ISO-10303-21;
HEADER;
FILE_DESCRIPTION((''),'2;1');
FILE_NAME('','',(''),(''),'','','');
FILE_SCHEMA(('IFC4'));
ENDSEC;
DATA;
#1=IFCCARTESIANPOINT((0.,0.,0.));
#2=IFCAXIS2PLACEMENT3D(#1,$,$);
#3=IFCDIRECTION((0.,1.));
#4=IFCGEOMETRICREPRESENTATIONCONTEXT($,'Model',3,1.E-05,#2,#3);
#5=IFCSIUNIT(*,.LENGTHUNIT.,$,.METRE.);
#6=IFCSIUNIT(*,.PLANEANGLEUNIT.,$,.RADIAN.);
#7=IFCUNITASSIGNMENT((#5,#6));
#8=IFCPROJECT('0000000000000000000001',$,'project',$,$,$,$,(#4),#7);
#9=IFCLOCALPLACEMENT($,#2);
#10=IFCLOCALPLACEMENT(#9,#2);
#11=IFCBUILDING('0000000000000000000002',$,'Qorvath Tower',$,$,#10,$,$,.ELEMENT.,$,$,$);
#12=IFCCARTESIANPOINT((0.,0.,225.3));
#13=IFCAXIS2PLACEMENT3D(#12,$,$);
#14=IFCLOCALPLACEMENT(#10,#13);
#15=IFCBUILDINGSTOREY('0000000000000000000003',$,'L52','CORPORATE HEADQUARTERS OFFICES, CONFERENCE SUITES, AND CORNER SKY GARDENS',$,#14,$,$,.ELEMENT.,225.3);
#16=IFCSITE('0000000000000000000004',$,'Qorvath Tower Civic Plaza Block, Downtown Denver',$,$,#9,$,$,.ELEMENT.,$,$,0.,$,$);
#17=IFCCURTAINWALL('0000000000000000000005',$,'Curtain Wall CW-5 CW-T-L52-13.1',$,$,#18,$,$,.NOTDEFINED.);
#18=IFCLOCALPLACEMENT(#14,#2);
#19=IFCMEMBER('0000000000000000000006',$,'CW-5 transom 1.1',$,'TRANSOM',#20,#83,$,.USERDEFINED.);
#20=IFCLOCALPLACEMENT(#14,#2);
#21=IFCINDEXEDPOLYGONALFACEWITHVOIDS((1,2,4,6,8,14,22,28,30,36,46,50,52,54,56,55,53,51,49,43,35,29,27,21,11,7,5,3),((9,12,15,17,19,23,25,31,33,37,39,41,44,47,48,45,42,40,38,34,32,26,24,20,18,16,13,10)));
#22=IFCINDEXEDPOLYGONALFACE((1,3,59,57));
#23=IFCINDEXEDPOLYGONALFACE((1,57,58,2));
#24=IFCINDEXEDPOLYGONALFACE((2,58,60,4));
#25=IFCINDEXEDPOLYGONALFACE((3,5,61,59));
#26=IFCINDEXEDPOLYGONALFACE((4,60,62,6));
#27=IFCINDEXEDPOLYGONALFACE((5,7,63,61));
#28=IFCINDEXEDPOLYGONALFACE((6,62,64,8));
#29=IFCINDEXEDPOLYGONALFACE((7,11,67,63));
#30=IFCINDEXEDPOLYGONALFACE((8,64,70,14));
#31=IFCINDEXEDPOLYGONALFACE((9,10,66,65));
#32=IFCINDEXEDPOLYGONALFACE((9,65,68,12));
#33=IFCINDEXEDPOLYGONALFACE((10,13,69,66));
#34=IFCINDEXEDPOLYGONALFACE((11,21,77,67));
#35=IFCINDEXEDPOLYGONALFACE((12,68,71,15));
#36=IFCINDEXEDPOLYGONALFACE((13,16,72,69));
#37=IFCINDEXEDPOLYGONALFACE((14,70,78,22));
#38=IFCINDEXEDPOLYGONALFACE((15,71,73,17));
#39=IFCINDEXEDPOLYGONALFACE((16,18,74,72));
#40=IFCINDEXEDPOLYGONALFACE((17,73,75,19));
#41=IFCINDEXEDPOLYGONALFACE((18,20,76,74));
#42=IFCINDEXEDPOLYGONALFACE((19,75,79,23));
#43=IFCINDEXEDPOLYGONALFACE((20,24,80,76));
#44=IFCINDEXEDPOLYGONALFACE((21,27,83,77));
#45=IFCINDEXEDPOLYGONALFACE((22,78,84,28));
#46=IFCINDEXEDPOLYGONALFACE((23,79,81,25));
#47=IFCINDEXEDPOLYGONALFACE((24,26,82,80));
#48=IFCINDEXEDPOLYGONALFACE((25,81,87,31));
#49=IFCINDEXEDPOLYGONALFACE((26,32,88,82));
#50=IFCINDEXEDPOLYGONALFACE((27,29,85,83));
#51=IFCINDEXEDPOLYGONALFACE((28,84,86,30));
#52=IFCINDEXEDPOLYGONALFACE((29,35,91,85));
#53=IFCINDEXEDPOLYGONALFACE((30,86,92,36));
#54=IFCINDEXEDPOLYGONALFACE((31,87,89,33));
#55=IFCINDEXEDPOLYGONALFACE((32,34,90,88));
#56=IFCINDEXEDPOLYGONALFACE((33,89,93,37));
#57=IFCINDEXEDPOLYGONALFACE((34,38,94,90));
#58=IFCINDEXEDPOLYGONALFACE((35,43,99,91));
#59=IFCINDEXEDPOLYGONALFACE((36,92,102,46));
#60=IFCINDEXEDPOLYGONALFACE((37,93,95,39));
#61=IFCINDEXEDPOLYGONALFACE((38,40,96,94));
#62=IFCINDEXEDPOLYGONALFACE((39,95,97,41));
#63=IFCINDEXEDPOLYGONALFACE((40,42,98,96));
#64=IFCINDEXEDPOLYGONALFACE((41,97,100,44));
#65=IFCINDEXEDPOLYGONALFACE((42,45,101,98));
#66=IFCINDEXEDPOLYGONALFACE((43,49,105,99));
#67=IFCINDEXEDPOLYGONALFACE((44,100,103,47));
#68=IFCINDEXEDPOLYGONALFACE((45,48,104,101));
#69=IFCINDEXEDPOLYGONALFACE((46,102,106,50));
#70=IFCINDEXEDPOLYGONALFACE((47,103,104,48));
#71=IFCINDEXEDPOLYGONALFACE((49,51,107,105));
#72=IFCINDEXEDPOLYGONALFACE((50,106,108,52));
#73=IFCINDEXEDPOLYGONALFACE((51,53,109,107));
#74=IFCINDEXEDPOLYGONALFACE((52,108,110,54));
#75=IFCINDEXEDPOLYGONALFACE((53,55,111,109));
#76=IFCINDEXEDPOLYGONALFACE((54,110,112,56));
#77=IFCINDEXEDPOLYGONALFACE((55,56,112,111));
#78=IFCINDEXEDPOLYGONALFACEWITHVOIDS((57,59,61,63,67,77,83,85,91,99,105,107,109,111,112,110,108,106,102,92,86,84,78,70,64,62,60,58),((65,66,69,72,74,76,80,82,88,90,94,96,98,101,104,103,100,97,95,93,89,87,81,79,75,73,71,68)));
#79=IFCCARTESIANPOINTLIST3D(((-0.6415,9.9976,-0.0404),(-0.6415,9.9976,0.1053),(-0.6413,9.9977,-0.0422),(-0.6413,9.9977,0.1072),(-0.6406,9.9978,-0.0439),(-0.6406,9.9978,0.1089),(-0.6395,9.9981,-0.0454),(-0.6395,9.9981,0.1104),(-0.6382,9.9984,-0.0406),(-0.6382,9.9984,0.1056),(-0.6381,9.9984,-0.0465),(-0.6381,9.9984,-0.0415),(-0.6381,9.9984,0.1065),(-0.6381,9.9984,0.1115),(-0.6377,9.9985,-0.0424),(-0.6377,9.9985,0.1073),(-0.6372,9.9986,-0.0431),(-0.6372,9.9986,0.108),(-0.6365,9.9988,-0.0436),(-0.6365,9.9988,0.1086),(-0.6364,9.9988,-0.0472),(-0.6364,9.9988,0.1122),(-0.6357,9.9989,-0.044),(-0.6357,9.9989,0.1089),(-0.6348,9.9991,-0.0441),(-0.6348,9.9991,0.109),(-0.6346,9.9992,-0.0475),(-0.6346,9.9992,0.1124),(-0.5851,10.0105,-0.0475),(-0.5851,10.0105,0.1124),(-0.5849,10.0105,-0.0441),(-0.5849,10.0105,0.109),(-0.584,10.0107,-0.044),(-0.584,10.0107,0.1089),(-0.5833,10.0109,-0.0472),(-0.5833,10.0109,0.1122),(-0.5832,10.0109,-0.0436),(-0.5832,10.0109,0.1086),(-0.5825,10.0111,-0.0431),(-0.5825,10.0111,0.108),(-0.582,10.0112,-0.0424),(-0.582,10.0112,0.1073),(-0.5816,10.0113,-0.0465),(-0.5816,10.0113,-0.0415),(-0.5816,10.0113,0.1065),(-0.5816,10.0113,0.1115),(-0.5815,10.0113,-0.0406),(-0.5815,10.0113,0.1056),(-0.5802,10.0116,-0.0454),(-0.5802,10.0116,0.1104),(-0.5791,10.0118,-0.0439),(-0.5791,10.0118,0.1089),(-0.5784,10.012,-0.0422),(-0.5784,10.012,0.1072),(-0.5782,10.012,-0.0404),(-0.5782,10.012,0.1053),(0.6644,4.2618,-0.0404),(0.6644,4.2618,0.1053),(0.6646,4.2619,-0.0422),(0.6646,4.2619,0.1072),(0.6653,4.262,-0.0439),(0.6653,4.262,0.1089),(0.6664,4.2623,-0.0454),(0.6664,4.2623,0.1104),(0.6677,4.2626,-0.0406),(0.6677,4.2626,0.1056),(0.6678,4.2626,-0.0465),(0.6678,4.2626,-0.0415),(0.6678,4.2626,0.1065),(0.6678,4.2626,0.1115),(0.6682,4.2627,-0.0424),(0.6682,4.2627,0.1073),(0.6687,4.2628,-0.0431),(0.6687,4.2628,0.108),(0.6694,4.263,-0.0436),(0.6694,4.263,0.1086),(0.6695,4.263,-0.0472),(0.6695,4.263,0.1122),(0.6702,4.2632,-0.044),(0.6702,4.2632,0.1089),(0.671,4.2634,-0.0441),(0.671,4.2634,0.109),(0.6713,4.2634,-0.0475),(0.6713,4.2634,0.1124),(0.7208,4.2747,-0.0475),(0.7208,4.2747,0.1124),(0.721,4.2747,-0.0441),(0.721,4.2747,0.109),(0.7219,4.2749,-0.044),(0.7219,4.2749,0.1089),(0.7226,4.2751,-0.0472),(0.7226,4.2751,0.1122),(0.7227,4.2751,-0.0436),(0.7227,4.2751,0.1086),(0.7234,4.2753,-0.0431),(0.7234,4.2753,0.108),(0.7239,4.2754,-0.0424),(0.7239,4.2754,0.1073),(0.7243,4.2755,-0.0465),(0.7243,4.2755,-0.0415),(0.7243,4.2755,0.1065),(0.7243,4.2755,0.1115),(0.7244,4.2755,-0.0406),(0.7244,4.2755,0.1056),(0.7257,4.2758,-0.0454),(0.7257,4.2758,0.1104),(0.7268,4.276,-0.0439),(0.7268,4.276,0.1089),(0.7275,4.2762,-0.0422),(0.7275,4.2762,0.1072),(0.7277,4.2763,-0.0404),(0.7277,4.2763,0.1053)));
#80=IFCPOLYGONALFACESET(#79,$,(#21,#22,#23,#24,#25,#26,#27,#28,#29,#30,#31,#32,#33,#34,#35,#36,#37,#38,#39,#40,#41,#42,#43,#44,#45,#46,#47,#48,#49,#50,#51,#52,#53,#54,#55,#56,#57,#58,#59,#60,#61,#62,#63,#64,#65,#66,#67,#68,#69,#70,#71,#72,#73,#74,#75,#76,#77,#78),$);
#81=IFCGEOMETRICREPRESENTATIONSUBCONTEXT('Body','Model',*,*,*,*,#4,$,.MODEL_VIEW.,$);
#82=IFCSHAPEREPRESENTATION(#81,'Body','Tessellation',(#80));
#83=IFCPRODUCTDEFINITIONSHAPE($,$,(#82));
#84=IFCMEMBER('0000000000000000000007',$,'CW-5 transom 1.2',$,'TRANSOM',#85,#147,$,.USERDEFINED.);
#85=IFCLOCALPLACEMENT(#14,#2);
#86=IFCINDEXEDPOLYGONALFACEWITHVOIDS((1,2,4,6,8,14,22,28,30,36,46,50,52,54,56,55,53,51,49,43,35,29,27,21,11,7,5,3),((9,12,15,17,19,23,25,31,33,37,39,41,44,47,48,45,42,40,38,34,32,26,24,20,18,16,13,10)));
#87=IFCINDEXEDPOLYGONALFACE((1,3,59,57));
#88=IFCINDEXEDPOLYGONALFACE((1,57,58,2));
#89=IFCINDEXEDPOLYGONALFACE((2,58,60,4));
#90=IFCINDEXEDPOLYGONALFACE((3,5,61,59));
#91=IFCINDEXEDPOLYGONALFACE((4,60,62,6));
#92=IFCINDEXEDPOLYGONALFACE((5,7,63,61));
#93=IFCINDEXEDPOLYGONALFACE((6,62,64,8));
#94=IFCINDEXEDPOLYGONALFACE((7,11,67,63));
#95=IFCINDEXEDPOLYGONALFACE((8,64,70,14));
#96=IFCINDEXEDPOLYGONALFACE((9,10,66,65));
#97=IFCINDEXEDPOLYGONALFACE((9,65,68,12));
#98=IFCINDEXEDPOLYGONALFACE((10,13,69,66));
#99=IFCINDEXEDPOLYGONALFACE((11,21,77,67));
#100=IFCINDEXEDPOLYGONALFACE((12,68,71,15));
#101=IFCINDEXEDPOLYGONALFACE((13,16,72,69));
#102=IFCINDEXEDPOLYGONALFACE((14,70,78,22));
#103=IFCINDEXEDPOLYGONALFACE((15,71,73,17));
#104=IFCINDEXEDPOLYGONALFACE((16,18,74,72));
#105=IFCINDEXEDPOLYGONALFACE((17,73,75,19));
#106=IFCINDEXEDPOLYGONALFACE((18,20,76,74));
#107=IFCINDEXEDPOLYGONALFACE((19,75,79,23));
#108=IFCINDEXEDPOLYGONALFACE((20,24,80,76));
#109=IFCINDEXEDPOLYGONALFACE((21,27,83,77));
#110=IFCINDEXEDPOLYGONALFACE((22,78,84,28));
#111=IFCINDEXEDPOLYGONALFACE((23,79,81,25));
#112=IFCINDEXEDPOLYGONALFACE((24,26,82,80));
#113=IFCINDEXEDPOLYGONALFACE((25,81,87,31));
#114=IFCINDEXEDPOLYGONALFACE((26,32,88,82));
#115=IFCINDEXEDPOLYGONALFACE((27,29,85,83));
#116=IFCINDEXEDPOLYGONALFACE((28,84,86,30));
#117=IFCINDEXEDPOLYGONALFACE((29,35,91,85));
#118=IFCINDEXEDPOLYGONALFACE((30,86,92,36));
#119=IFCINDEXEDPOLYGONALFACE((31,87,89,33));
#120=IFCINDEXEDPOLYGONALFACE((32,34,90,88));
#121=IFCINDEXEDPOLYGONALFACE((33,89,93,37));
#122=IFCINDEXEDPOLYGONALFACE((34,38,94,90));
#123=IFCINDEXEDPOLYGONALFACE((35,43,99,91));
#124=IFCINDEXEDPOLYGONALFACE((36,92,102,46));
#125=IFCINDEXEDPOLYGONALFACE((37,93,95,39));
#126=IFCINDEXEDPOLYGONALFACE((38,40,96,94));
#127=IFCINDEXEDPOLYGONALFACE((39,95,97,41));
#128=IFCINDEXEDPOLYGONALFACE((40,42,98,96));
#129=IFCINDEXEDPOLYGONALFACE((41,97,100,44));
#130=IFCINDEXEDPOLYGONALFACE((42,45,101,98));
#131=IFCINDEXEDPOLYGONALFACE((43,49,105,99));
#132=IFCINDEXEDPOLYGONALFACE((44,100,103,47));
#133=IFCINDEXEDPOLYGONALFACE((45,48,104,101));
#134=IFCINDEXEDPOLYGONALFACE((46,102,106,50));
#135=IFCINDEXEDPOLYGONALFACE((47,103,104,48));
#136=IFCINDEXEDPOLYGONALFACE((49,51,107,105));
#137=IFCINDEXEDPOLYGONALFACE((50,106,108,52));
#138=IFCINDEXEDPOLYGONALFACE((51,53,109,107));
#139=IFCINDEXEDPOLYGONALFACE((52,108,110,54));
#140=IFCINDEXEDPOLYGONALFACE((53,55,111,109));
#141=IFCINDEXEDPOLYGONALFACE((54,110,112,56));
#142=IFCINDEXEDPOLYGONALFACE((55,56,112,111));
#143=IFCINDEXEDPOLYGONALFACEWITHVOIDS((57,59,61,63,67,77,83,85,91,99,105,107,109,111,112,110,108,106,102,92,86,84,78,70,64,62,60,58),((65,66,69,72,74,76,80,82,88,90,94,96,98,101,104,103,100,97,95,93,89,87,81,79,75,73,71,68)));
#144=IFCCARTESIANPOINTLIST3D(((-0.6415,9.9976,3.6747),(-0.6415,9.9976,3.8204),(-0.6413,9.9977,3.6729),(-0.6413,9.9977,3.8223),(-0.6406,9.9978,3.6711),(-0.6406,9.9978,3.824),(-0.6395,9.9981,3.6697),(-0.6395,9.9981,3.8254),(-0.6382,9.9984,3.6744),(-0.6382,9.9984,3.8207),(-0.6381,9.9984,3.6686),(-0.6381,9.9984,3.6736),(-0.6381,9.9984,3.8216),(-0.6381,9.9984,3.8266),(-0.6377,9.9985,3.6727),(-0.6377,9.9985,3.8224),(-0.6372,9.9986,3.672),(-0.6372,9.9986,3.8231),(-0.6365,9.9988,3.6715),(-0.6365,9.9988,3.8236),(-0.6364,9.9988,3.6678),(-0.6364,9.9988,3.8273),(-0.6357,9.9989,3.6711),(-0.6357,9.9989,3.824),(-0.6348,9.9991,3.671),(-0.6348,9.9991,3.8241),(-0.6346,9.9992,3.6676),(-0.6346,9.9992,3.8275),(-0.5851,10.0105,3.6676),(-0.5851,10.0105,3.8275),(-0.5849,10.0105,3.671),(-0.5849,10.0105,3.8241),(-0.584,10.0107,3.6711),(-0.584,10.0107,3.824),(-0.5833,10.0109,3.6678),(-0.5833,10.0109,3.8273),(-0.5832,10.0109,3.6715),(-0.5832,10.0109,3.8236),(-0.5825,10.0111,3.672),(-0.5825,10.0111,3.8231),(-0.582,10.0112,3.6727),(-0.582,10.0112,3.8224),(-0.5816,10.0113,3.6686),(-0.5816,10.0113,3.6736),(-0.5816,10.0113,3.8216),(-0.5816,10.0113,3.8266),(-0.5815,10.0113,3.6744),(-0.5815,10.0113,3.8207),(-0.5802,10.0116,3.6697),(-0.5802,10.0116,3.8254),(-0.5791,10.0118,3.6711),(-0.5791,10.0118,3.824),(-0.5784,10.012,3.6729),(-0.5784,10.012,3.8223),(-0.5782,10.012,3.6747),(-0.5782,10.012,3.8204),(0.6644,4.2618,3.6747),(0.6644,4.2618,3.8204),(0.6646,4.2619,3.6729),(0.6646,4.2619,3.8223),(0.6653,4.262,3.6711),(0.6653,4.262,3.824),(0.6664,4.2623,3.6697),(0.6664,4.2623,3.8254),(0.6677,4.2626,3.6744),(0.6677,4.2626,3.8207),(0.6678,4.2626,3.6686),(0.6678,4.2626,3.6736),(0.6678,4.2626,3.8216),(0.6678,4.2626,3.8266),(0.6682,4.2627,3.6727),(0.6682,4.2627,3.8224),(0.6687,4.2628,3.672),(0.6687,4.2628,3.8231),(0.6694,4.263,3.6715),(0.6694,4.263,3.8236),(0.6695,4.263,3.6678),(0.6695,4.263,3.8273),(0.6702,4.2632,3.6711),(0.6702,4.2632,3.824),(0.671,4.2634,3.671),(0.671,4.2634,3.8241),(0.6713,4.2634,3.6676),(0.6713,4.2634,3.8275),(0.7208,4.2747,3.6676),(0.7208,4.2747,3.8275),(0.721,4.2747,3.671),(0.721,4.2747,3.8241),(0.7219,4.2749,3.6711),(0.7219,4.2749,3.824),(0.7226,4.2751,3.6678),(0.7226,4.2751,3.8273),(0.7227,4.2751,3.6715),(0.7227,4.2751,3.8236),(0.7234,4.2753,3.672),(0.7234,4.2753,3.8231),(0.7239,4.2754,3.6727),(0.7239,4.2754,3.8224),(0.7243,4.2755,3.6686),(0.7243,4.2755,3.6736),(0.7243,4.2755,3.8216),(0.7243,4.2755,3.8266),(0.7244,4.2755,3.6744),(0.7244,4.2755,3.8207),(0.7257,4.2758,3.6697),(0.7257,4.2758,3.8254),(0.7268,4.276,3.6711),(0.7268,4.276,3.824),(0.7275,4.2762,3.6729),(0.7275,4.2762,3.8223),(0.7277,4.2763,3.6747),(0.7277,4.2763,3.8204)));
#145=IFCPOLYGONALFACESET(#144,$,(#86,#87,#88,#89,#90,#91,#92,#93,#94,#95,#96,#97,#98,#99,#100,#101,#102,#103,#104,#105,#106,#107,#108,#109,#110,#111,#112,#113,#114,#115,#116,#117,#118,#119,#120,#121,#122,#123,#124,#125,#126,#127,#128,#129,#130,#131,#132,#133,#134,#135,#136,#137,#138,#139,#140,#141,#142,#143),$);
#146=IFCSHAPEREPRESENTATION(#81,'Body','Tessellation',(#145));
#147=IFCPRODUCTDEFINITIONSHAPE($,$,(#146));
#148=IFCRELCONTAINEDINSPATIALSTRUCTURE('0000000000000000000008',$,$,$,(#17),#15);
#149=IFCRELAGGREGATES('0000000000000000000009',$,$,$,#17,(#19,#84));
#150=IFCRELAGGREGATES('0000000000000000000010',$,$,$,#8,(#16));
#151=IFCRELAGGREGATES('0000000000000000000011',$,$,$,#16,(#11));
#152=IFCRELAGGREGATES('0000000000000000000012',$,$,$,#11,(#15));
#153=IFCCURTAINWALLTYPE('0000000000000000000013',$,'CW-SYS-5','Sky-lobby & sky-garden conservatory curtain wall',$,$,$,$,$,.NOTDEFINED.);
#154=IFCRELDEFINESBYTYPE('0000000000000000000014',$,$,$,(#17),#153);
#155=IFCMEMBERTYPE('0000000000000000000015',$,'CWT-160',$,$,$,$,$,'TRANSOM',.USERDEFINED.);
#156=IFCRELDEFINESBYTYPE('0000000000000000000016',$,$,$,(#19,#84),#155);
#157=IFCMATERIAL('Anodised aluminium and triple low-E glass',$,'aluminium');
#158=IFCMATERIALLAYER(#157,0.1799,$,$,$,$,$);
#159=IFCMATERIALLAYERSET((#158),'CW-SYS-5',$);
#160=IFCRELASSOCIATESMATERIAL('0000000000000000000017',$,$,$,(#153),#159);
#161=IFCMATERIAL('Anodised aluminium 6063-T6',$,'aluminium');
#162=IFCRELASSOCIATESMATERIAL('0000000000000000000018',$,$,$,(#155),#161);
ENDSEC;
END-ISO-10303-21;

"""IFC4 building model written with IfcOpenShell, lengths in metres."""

from ifc_helpers import new_model, si_unit, direction, frame, origin, origin_2d, place, context, subcontext, project, spatial, hollow_rectangle, extrude, material, layer, layer_set, material_profile, profile_set, type_object, element, aggregate, save


model = new_model("IFC4")

# Units and contexts
model_context = context("Model", 3, precision=1e-05, world=origin(), true_north=direction((0.0, 1.0)))
body_context = subcontext(model_context, "Body", "Model", "MODEL_VIEW")
ifc_project = project(units=[si_unit("LENGTHUNIT", "METRE"), si_unit("PLANEANGLEUNIT", "RADIAN")], contexts=[model_context])

# Site, building, storey
site_placement = place(None, origin())
site = spatial("IfcSite", under=ifc_project, at=site_placement, Name="Qorvath Tower Civic Plaza Block, Downtown Denver", CompositionType="ELEMENT", RefElevation=0.0)
building_placement = place(site_placement, origin())
building = spatial("IfcBuilding", under=site, at=building_placement, Name="Qorvath Tower", CompositionType="ELEMENT")
storey_placement = place(building_placement, frame((0.0, 0.0, 225.3)))
storey = spatial("IfcBuildingStorey", under=building, at=storey_placement, Name="L52", Description="CORPORATE HEADQUARTERS OFFICES, CONFERENCE SUITES, AND CORNER SKY GARDENS", CompositionType="ELEMENT", Elevation=225.3)

# Curtain wall
ifc_material_1 = material(Name="Anodised aluminium and triple low-E glass", Category="aluminium")
ifc_layer_1 = layer(ifc_material_1, 0.1799)
ifc_layer_set_1 = layer_set([ifc_layer_1], Name="CW-SYS-5")
curtain_wall_type = type_object("IfcCurtainWallType", Name="CW-SYS-5", Description="Sky-lobby & sky-garden conservatory curtain wall", PredefinedType="NOTDEFINED", material=ifc_layer_set_1)
curtain_wall_1_placement = place(storey_placement, origin())
curtain_wall_1 = element("IfcCurtainWall", 1, at=curtain_wall_1_placement, inside=storey, type_object=curtain_wall_type, Name="Curtain Wall CW-5 CW-T-L52-13.1", PredefinedType="NOTDEFINED")

# Members
ifc_material_2 = material(Name="Anodised aluminium 6063-T6", Category="aluminium")
ifc_material_profile_1 = material_profile(ifc_material_2, hollow_rectangle(XDim=0.0649, YDim=0.1599, WallThickness=0.0034, InnerFilletRadius=0.0034, OuterFilletRadius=0.0071, at=origin_2d()), Name="CWT 160x65")
ifc_profile_set_1 = profile_set([ifc_material_profile_1], Name="Anodised aluminium 6063-T6")
member_type_1 = type_object("IfcMemberType", Name="CWT-160", ElementType="TRANSOM", PredefinedType="USERDEFINED", material=ifc_profile_set_1)
member_1_placement = place(storey_placement, frame((0.696, 4.269, 0.0325), z_axis=(-0.221994, 0.975048, 0.0), x_axis=(-0.975048, -0.221994, 0.0)))
member_1 = element("IfcMember", 2, at=member_1_placement, type_object=member_type_1, Name="CW-5 transom 1.1", ObjectType="TRANSOM", PredefinedType="USERDEFINED", context=body_context, shape_type="SweptSolid", body=[
    extrude(hollow_rectangle(XDim=0.0649, YDim=0.1599, WallThickness=0.0034, InnerFilletRadius=0.0034, OuterFilletRadius=0.0071, at=origin_2d()), origin(), (0.0, 0.0, 1.0), 5.8826),
])
member_2_placement = place(storey_placement, frame((0.696, 4.269, 3.7476), z_axis=(-0.221994, 0.975048, 0.0), x_axis=(-0.975048, -0.221994, 0.0)))
member_2 = element("IfcMember", 3, at=member_2_placement, type_object=member_type_1, Name="CW-5 transom 1.2", ObjectType="TRANSOM", PredefinedType="USERDEFINED", context=body_context, shape_type="SweptSolid", body=[
    extrude(hollow_rectangle(XDim=0.0649, YDim=0.1599, WallThickness=0.0034, InnerFilletRadius=0.0034, OuterFilletRadius=0.0071, at=origin_2d()), origin(), (0.0, 0.0, 1.0), 5.8826),
])

aggregate(curtain_wall_1, [member_1, member_2])

save(model, "model.ifc")
